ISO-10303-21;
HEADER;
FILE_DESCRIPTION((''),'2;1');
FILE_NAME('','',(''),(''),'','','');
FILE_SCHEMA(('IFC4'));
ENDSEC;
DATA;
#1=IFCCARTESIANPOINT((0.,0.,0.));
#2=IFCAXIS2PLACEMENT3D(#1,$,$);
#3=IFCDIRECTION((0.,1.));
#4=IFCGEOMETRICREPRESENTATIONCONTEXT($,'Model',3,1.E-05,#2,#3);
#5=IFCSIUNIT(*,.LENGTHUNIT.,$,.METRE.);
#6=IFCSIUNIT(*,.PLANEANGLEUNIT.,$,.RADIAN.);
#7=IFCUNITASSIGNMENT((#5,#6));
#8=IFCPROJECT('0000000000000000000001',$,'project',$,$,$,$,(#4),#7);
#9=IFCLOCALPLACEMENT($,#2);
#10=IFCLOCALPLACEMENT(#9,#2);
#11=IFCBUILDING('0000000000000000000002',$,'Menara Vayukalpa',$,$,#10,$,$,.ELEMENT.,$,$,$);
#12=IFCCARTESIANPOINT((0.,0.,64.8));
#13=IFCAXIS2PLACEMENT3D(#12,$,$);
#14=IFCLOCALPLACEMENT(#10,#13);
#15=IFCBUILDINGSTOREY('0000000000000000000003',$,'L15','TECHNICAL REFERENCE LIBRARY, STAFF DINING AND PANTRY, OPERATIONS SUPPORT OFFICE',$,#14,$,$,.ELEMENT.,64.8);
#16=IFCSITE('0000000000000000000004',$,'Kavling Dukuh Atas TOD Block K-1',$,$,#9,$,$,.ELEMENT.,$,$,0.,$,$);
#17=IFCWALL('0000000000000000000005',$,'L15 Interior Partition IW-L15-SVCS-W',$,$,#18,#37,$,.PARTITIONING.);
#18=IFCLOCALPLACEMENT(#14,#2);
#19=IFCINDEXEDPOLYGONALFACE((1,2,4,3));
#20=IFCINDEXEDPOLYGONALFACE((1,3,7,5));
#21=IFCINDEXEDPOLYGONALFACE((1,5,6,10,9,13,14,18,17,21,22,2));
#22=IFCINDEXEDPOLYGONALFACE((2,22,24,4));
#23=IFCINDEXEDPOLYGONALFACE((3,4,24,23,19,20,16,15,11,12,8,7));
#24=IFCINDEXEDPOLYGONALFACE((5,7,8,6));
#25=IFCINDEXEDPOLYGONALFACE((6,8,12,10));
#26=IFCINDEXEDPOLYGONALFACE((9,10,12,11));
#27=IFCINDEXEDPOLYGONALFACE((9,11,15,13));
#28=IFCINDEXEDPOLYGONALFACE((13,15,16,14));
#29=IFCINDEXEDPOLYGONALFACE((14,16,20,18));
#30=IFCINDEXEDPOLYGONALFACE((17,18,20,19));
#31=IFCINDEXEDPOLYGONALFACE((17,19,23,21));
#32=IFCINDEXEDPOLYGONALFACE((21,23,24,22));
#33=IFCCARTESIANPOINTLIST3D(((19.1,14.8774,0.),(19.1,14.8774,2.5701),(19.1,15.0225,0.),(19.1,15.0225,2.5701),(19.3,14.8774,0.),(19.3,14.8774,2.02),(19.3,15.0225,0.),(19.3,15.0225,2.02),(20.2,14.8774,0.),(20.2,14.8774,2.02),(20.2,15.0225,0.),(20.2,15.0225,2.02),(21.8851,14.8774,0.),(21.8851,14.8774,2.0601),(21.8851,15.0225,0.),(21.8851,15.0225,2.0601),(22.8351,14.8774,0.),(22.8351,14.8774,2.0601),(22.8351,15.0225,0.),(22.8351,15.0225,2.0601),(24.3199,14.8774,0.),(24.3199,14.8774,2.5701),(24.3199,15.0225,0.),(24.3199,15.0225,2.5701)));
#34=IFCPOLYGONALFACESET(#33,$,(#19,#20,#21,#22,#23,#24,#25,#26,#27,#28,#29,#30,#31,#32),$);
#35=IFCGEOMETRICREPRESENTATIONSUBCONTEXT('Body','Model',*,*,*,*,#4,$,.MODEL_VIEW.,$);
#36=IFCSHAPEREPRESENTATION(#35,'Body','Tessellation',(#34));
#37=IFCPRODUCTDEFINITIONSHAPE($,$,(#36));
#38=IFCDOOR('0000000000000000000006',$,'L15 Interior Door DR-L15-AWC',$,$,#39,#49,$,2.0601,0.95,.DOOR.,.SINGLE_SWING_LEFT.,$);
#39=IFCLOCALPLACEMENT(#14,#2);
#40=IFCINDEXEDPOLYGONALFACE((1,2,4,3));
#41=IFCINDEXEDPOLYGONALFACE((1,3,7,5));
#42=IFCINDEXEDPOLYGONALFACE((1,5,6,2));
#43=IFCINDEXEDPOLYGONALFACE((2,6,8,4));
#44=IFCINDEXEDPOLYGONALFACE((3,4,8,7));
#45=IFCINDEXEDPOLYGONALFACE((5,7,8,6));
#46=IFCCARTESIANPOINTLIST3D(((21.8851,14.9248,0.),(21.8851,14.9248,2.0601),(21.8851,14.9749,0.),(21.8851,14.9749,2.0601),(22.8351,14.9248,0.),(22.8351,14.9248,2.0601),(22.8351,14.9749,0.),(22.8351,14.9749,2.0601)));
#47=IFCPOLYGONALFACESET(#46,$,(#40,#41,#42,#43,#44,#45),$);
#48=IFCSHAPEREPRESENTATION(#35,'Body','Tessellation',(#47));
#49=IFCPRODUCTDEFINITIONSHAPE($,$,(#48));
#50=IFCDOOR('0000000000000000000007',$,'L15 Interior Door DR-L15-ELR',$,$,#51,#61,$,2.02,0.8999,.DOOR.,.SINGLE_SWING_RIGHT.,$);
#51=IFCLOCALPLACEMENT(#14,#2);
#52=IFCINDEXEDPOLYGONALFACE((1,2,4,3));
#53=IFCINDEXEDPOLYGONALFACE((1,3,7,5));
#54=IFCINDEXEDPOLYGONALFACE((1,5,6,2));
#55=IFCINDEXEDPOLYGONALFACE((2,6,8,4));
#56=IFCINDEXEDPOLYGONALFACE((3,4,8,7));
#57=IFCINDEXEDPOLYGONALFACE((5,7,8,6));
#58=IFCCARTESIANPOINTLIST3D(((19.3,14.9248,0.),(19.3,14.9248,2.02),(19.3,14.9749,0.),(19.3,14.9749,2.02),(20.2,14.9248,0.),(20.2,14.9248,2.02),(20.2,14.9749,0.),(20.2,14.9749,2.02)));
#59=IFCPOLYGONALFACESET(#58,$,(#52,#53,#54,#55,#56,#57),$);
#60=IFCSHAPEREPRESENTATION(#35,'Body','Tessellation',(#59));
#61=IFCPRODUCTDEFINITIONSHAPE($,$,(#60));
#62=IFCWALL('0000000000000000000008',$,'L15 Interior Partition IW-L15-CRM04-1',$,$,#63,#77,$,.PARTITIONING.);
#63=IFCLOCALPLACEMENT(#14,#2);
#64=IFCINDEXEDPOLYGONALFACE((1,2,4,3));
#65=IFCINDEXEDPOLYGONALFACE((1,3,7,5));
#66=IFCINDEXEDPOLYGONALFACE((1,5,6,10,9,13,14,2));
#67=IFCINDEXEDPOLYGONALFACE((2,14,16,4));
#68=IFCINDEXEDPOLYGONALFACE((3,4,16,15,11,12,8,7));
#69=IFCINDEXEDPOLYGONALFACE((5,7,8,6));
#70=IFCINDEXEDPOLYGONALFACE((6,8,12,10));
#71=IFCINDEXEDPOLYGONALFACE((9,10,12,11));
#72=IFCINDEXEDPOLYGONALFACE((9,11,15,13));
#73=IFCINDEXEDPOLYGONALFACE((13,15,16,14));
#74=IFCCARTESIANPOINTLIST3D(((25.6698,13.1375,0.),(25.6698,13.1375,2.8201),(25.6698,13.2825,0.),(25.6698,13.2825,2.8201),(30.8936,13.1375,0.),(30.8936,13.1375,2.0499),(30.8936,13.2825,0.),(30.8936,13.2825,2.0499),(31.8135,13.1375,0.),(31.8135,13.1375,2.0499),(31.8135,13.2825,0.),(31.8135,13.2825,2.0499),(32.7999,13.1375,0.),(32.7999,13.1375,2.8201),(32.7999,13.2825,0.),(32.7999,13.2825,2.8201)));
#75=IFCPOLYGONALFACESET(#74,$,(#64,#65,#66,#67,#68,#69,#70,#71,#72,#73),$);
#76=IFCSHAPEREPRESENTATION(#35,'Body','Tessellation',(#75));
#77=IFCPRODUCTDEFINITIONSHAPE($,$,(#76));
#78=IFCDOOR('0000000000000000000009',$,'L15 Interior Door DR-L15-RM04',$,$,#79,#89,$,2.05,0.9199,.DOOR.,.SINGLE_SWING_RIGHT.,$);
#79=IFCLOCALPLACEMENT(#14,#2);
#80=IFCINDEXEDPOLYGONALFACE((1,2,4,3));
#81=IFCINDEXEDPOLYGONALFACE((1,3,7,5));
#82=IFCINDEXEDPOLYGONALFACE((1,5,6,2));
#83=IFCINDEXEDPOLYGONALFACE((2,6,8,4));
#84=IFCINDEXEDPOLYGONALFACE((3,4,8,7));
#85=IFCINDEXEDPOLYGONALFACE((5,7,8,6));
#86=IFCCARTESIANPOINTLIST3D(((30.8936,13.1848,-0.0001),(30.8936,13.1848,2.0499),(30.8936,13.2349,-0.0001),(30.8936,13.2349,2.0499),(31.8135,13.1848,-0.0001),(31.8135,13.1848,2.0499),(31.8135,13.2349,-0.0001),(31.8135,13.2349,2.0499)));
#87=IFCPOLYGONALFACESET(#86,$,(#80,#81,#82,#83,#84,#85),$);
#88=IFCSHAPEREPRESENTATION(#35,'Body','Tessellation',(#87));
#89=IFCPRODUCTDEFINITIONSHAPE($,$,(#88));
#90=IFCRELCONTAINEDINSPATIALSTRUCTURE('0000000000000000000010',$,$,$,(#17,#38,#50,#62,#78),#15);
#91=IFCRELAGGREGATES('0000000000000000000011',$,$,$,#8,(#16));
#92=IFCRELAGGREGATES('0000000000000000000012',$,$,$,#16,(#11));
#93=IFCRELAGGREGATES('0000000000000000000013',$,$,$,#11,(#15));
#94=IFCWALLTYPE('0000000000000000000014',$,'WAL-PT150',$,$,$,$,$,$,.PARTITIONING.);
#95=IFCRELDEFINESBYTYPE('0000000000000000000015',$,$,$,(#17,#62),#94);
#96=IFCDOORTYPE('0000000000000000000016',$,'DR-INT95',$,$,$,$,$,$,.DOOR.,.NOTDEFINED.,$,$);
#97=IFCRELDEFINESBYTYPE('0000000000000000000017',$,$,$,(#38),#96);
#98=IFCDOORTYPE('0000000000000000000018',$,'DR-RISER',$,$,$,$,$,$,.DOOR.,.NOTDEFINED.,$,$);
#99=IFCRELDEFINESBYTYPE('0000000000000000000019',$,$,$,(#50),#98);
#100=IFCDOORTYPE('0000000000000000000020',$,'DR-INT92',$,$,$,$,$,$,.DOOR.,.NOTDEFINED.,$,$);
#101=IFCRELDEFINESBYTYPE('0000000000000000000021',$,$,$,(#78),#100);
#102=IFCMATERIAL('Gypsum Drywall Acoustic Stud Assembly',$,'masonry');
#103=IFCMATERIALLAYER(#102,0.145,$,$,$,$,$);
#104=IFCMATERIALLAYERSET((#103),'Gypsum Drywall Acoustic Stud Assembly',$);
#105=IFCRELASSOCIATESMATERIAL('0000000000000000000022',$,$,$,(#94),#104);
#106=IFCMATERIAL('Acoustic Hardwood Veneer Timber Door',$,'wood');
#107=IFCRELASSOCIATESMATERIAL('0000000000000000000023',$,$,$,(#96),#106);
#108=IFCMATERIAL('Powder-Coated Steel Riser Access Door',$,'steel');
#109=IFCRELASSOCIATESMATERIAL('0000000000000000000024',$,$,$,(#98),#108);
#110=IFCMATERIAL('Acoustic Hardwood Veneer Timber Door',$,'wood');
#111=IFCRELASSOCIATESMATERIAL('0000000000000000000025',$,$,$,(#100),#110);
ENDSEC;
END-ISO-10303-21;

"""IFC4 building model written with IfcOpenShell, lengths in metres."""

from ifc_helpers import new_model, si_unit, direction, frame, frame_2d, origin, place, context, subcontext, project, spatial, rectangle, extrude, material, layer, layer_set, type_object, element, fill, save


model = new_model("IFC4")

# Units and contexts
model_context = context("Model", 3, precision=1e-05, world=origin(), true_north=direction((0.0, 1.0)))
body_context = subcontext(model_context, "Body", "Model", "MODEL_VIEW")
ifc_project = project(units=[si_unit("LENGTHUNIT", "METRE"), si_unit("PLANEANGLEUNIT", "RADIAN")], contexts=[model_context])

# Site, building, storey
site_placement = place(None, origin())
site = spatial("IfcSite", under=ifc_project, at=site_placement, Name="Kavling Dukuh Atas TOD Block K-1", CompositionType="ELEMENT", RefElevation=0.0)
building_placement = place(site_placement, origin())
building = spatial("IfcBuilding", under=site, at=building_placement, Name="Menara Vayukalpa", CompositionType="ELEMENT")
storey_placement = place(building_placement, frame((0.0, 0.0, 64.8)))
storey = spatial("IfcBuildingStorey", under=building, at=storey_placement, Name="L15", Description="TECHNICAL REFERENCE LIBRARY, STAFF DINING AND PANTRY, OPERATIONS SUPPORT OFFICE", CompositionType="ELEMENT", Elevation=64.8)

# Wall, openings, doors
ifc_material_1 = material(Name="Gypsum Drywall Acoustic Stud Assembly", Category="masonry")
ifc_layer_1 = layer(ifc_material_1, 0.145)
ifc_layer_set_1 = layer_set([ifc_layer_1], Name="Gypsum Drywall Acoustic Stud Assembly")
wall_type_1 = type_object("IfcWallType", Name="WAL-PT150", PredefinedType="PARTITIONING", material=ifc_layer_set_1)
wall_1_placement = place(storey_placement, frame((19.1001, 14.95, 0.0), z_axis=(0.0, 0.0, 1.0), x_axis=(1.0, 0.0, 0.0)))
wall_1 = element("IfcWall", 1, at=wall_1_placement, inside=storey, type_object=wall_type_1, Name="L15 Interior Partition IW-L15-SVCS-W", PredefinedType="PARTITIONING", context=body_context, shape_type="SweptSolid", body=[
    extrude(rectangle(XDim=5.22, YDim=0.145, at=frame_2d((2.6099, 0.0))), origin(), (0.0, 0.0, 1.0), 2.5701),
])
opening_1_placement = place(wall_1_placement, frame((0.2, 0.0, 0.0)))
opening_1 = element("IfcOpeningElement", 2, at=opening_1_placement, cuts=wall_1, PredefinedType="OPENING", context=body_context, shape_type="SweptSolid", body=[
    extrude(rectangle(XDim=0.8999, YDim=2.02, at=frame_2d((0.45, 1.01))), frame((0.0, 0.0825, 0.0), z_axis=(0.0, -1.0, 0.0), x_axis=(1.0, 0.0, 0.0)), (0.0, 0.0, 1.0), 0.165),
])
opening_2_placement = place(wall_1_placement, frame((2.7849, 0.0, 0.0)))
opening_2 = element("IfcOpeningElement", 3, at=opening_2_placement, cuts=wall_1, PredefinedType="OPENING", context=body_context, shape_type="SweptSolid", body=[
    extrude(rectangle(XDim=0.95, YDim=2.0601, at=frame_2d((0.4751, 1.03))), frame((0.0, 0.0825, 0.0), z_axis=(0.0, -1.0, 0.0), x_axis=(1.0, 0.0, 0.0)), (0.0, 0.0, 1.0), 0.165),
])
ifc_material_2 = material(Name="Acoustic Hardwood Veneer Timber Door", Category="wood")
door_type_1 = type_object("IfcDoorType", Name="DR-INT95", OperationType="NOTDEFINED", PredefinedType="DOOR", material=ifc_material_2)
door_1_placement = place(opening_2_placement, origin())
door_1 = element("IfcDoor", 4, at=door_1_placement, inside=storey, type_object=door_type_1, Name="L15 Interior Door DR-L15-AWC", OperationType="SINGLE_SWING_LEFT", OverallHeight=2.0601, OverallWidth=0.95, PredefinedType="DOOR", context=body_context, shape_type="SweptSolid", body=[
    extrude(rectangle(XDim=0.95, YDim=2.0601, at=frame_2d((0.4751, 1.03))), frame((0.0, 0.0249, 0.0), z_axis=(0.0, -1.0, 0.0), x_axis=(1.0, 0.0, 0.0)), (0.0, 0.0, 1.0), 0.05),
])
fill(opening_2, door_1)
ifc_material_3 = material(Name="Powder-Coated Steel Riser Access Door", Category="steel")
door_type_2 = type_object("IfcDoorType", Name="DR-RISER", OperationType="NOTDEFINED", PredefinedType="DOOR", material=ifc_material_3)
door_2_placement = place(opening_1_placement, origin())
door_2 = element("IfcDoor", 5, at=door_2_placement, inside=storey, type_object=door_type_2, Name="L15 Interior Door DR-L15-ELR", OperationType="SINGLE_SWING_RIGHT", OverallHeight=2.02, OverallWidth=0.8999, PredefinedType="DOOR", context=body_context, shape_type="SweptSolid", body=[
    extrude(rectangle(XDim=0.8999, YDim=2.02, at=frame_2d((0.45, 1.01))), frame((0.0, 0.0249, 0.0), z_axis=(0.0, -1.0, 0.0), x_axis=(1.0, 0.0, 0.0)), (0.0, 0.0, 1.0), 0.05),
])
fill(opening_1, door_2)

# Wall, opening, door
wall_2_placement = place(storey_placement, frame((25.6699, 13.21, 0.0), z_axis=(0.0, 0.0, 1.0), x_axis=(1.0, 0.0, 0.0)))
wall_2 = element("IfcWall", 6, at=wall_2_placement, inside=storey, type_object=wall_type_1, Name="L15 Interior Partition IW-L15-CRM04-1", PredefinedType="PARTITIONING", context=body_context, shape_type="SweptSolid", body=[
    extrude(rectangle(XDim=7.1301, YDim=0.145, at=frame_2d((3.5649, 0.0))), origin(), (0.0, 0.0, 1.0), 2.8201),
])
opening_3_placement = place(wall_2_placement, frame((5.2236, 0.0, 0.0)))
opening_3 = element("IfcOpeningElement", 7, at=opening_3_placement, cuts=wall_2, PredefinedType="OPENING", context=body_context, shape_type="SweptSolid", body=[
    extrude(rectangle(XDim=0.9199, YDim=2.05, at=frame_2d((0.46, 1.0249))), frame((0.0, 0.0825, 0.0), z_axis=(0.0, -1.0, 0.0), x_axis=(1.0, 0.0, 0.0)), (0.0, 0.0, 1.0), 0.165),
])
ifc_material_4 = material(Name="Acoustic Hardwood Veneer Timber Door", Category="wood")
door_type_3 = type_object("IfcDoorType", Name="DR-INT92", OperationType="NOTDEFINED", PredefinedType="DOOR", material=ifc_material_4)
door_3_placement = place(opening_3_placement, origin())
door_3 = element("IfcDoor", 8, at=door_3_placement, inside=storey, type_object=door_type_3, Name="L15 Interior Door DR-L15-RM04", OperationType="SINGLE_SWING_RIGHT", OverallHeight=2.05, OverallWidth=0.9199, PredefinedType="DOOR", context=body_context, shape_type="SweptSolid", body=[
    extrude(rectangle(XDim=0.9199, YDim=2.05, at=frame_2d((0.46, 1.0249))), frame((0.0, 0.0249, 0.0), z_axis=(0.0, -1.0, 0.0), x_axis=(1.0, 0.0, 0.0)), (0.0, 0.0, 1.0), 0.05),
])
fill(opening_3, door_3)

save(model, "model.ifc")
